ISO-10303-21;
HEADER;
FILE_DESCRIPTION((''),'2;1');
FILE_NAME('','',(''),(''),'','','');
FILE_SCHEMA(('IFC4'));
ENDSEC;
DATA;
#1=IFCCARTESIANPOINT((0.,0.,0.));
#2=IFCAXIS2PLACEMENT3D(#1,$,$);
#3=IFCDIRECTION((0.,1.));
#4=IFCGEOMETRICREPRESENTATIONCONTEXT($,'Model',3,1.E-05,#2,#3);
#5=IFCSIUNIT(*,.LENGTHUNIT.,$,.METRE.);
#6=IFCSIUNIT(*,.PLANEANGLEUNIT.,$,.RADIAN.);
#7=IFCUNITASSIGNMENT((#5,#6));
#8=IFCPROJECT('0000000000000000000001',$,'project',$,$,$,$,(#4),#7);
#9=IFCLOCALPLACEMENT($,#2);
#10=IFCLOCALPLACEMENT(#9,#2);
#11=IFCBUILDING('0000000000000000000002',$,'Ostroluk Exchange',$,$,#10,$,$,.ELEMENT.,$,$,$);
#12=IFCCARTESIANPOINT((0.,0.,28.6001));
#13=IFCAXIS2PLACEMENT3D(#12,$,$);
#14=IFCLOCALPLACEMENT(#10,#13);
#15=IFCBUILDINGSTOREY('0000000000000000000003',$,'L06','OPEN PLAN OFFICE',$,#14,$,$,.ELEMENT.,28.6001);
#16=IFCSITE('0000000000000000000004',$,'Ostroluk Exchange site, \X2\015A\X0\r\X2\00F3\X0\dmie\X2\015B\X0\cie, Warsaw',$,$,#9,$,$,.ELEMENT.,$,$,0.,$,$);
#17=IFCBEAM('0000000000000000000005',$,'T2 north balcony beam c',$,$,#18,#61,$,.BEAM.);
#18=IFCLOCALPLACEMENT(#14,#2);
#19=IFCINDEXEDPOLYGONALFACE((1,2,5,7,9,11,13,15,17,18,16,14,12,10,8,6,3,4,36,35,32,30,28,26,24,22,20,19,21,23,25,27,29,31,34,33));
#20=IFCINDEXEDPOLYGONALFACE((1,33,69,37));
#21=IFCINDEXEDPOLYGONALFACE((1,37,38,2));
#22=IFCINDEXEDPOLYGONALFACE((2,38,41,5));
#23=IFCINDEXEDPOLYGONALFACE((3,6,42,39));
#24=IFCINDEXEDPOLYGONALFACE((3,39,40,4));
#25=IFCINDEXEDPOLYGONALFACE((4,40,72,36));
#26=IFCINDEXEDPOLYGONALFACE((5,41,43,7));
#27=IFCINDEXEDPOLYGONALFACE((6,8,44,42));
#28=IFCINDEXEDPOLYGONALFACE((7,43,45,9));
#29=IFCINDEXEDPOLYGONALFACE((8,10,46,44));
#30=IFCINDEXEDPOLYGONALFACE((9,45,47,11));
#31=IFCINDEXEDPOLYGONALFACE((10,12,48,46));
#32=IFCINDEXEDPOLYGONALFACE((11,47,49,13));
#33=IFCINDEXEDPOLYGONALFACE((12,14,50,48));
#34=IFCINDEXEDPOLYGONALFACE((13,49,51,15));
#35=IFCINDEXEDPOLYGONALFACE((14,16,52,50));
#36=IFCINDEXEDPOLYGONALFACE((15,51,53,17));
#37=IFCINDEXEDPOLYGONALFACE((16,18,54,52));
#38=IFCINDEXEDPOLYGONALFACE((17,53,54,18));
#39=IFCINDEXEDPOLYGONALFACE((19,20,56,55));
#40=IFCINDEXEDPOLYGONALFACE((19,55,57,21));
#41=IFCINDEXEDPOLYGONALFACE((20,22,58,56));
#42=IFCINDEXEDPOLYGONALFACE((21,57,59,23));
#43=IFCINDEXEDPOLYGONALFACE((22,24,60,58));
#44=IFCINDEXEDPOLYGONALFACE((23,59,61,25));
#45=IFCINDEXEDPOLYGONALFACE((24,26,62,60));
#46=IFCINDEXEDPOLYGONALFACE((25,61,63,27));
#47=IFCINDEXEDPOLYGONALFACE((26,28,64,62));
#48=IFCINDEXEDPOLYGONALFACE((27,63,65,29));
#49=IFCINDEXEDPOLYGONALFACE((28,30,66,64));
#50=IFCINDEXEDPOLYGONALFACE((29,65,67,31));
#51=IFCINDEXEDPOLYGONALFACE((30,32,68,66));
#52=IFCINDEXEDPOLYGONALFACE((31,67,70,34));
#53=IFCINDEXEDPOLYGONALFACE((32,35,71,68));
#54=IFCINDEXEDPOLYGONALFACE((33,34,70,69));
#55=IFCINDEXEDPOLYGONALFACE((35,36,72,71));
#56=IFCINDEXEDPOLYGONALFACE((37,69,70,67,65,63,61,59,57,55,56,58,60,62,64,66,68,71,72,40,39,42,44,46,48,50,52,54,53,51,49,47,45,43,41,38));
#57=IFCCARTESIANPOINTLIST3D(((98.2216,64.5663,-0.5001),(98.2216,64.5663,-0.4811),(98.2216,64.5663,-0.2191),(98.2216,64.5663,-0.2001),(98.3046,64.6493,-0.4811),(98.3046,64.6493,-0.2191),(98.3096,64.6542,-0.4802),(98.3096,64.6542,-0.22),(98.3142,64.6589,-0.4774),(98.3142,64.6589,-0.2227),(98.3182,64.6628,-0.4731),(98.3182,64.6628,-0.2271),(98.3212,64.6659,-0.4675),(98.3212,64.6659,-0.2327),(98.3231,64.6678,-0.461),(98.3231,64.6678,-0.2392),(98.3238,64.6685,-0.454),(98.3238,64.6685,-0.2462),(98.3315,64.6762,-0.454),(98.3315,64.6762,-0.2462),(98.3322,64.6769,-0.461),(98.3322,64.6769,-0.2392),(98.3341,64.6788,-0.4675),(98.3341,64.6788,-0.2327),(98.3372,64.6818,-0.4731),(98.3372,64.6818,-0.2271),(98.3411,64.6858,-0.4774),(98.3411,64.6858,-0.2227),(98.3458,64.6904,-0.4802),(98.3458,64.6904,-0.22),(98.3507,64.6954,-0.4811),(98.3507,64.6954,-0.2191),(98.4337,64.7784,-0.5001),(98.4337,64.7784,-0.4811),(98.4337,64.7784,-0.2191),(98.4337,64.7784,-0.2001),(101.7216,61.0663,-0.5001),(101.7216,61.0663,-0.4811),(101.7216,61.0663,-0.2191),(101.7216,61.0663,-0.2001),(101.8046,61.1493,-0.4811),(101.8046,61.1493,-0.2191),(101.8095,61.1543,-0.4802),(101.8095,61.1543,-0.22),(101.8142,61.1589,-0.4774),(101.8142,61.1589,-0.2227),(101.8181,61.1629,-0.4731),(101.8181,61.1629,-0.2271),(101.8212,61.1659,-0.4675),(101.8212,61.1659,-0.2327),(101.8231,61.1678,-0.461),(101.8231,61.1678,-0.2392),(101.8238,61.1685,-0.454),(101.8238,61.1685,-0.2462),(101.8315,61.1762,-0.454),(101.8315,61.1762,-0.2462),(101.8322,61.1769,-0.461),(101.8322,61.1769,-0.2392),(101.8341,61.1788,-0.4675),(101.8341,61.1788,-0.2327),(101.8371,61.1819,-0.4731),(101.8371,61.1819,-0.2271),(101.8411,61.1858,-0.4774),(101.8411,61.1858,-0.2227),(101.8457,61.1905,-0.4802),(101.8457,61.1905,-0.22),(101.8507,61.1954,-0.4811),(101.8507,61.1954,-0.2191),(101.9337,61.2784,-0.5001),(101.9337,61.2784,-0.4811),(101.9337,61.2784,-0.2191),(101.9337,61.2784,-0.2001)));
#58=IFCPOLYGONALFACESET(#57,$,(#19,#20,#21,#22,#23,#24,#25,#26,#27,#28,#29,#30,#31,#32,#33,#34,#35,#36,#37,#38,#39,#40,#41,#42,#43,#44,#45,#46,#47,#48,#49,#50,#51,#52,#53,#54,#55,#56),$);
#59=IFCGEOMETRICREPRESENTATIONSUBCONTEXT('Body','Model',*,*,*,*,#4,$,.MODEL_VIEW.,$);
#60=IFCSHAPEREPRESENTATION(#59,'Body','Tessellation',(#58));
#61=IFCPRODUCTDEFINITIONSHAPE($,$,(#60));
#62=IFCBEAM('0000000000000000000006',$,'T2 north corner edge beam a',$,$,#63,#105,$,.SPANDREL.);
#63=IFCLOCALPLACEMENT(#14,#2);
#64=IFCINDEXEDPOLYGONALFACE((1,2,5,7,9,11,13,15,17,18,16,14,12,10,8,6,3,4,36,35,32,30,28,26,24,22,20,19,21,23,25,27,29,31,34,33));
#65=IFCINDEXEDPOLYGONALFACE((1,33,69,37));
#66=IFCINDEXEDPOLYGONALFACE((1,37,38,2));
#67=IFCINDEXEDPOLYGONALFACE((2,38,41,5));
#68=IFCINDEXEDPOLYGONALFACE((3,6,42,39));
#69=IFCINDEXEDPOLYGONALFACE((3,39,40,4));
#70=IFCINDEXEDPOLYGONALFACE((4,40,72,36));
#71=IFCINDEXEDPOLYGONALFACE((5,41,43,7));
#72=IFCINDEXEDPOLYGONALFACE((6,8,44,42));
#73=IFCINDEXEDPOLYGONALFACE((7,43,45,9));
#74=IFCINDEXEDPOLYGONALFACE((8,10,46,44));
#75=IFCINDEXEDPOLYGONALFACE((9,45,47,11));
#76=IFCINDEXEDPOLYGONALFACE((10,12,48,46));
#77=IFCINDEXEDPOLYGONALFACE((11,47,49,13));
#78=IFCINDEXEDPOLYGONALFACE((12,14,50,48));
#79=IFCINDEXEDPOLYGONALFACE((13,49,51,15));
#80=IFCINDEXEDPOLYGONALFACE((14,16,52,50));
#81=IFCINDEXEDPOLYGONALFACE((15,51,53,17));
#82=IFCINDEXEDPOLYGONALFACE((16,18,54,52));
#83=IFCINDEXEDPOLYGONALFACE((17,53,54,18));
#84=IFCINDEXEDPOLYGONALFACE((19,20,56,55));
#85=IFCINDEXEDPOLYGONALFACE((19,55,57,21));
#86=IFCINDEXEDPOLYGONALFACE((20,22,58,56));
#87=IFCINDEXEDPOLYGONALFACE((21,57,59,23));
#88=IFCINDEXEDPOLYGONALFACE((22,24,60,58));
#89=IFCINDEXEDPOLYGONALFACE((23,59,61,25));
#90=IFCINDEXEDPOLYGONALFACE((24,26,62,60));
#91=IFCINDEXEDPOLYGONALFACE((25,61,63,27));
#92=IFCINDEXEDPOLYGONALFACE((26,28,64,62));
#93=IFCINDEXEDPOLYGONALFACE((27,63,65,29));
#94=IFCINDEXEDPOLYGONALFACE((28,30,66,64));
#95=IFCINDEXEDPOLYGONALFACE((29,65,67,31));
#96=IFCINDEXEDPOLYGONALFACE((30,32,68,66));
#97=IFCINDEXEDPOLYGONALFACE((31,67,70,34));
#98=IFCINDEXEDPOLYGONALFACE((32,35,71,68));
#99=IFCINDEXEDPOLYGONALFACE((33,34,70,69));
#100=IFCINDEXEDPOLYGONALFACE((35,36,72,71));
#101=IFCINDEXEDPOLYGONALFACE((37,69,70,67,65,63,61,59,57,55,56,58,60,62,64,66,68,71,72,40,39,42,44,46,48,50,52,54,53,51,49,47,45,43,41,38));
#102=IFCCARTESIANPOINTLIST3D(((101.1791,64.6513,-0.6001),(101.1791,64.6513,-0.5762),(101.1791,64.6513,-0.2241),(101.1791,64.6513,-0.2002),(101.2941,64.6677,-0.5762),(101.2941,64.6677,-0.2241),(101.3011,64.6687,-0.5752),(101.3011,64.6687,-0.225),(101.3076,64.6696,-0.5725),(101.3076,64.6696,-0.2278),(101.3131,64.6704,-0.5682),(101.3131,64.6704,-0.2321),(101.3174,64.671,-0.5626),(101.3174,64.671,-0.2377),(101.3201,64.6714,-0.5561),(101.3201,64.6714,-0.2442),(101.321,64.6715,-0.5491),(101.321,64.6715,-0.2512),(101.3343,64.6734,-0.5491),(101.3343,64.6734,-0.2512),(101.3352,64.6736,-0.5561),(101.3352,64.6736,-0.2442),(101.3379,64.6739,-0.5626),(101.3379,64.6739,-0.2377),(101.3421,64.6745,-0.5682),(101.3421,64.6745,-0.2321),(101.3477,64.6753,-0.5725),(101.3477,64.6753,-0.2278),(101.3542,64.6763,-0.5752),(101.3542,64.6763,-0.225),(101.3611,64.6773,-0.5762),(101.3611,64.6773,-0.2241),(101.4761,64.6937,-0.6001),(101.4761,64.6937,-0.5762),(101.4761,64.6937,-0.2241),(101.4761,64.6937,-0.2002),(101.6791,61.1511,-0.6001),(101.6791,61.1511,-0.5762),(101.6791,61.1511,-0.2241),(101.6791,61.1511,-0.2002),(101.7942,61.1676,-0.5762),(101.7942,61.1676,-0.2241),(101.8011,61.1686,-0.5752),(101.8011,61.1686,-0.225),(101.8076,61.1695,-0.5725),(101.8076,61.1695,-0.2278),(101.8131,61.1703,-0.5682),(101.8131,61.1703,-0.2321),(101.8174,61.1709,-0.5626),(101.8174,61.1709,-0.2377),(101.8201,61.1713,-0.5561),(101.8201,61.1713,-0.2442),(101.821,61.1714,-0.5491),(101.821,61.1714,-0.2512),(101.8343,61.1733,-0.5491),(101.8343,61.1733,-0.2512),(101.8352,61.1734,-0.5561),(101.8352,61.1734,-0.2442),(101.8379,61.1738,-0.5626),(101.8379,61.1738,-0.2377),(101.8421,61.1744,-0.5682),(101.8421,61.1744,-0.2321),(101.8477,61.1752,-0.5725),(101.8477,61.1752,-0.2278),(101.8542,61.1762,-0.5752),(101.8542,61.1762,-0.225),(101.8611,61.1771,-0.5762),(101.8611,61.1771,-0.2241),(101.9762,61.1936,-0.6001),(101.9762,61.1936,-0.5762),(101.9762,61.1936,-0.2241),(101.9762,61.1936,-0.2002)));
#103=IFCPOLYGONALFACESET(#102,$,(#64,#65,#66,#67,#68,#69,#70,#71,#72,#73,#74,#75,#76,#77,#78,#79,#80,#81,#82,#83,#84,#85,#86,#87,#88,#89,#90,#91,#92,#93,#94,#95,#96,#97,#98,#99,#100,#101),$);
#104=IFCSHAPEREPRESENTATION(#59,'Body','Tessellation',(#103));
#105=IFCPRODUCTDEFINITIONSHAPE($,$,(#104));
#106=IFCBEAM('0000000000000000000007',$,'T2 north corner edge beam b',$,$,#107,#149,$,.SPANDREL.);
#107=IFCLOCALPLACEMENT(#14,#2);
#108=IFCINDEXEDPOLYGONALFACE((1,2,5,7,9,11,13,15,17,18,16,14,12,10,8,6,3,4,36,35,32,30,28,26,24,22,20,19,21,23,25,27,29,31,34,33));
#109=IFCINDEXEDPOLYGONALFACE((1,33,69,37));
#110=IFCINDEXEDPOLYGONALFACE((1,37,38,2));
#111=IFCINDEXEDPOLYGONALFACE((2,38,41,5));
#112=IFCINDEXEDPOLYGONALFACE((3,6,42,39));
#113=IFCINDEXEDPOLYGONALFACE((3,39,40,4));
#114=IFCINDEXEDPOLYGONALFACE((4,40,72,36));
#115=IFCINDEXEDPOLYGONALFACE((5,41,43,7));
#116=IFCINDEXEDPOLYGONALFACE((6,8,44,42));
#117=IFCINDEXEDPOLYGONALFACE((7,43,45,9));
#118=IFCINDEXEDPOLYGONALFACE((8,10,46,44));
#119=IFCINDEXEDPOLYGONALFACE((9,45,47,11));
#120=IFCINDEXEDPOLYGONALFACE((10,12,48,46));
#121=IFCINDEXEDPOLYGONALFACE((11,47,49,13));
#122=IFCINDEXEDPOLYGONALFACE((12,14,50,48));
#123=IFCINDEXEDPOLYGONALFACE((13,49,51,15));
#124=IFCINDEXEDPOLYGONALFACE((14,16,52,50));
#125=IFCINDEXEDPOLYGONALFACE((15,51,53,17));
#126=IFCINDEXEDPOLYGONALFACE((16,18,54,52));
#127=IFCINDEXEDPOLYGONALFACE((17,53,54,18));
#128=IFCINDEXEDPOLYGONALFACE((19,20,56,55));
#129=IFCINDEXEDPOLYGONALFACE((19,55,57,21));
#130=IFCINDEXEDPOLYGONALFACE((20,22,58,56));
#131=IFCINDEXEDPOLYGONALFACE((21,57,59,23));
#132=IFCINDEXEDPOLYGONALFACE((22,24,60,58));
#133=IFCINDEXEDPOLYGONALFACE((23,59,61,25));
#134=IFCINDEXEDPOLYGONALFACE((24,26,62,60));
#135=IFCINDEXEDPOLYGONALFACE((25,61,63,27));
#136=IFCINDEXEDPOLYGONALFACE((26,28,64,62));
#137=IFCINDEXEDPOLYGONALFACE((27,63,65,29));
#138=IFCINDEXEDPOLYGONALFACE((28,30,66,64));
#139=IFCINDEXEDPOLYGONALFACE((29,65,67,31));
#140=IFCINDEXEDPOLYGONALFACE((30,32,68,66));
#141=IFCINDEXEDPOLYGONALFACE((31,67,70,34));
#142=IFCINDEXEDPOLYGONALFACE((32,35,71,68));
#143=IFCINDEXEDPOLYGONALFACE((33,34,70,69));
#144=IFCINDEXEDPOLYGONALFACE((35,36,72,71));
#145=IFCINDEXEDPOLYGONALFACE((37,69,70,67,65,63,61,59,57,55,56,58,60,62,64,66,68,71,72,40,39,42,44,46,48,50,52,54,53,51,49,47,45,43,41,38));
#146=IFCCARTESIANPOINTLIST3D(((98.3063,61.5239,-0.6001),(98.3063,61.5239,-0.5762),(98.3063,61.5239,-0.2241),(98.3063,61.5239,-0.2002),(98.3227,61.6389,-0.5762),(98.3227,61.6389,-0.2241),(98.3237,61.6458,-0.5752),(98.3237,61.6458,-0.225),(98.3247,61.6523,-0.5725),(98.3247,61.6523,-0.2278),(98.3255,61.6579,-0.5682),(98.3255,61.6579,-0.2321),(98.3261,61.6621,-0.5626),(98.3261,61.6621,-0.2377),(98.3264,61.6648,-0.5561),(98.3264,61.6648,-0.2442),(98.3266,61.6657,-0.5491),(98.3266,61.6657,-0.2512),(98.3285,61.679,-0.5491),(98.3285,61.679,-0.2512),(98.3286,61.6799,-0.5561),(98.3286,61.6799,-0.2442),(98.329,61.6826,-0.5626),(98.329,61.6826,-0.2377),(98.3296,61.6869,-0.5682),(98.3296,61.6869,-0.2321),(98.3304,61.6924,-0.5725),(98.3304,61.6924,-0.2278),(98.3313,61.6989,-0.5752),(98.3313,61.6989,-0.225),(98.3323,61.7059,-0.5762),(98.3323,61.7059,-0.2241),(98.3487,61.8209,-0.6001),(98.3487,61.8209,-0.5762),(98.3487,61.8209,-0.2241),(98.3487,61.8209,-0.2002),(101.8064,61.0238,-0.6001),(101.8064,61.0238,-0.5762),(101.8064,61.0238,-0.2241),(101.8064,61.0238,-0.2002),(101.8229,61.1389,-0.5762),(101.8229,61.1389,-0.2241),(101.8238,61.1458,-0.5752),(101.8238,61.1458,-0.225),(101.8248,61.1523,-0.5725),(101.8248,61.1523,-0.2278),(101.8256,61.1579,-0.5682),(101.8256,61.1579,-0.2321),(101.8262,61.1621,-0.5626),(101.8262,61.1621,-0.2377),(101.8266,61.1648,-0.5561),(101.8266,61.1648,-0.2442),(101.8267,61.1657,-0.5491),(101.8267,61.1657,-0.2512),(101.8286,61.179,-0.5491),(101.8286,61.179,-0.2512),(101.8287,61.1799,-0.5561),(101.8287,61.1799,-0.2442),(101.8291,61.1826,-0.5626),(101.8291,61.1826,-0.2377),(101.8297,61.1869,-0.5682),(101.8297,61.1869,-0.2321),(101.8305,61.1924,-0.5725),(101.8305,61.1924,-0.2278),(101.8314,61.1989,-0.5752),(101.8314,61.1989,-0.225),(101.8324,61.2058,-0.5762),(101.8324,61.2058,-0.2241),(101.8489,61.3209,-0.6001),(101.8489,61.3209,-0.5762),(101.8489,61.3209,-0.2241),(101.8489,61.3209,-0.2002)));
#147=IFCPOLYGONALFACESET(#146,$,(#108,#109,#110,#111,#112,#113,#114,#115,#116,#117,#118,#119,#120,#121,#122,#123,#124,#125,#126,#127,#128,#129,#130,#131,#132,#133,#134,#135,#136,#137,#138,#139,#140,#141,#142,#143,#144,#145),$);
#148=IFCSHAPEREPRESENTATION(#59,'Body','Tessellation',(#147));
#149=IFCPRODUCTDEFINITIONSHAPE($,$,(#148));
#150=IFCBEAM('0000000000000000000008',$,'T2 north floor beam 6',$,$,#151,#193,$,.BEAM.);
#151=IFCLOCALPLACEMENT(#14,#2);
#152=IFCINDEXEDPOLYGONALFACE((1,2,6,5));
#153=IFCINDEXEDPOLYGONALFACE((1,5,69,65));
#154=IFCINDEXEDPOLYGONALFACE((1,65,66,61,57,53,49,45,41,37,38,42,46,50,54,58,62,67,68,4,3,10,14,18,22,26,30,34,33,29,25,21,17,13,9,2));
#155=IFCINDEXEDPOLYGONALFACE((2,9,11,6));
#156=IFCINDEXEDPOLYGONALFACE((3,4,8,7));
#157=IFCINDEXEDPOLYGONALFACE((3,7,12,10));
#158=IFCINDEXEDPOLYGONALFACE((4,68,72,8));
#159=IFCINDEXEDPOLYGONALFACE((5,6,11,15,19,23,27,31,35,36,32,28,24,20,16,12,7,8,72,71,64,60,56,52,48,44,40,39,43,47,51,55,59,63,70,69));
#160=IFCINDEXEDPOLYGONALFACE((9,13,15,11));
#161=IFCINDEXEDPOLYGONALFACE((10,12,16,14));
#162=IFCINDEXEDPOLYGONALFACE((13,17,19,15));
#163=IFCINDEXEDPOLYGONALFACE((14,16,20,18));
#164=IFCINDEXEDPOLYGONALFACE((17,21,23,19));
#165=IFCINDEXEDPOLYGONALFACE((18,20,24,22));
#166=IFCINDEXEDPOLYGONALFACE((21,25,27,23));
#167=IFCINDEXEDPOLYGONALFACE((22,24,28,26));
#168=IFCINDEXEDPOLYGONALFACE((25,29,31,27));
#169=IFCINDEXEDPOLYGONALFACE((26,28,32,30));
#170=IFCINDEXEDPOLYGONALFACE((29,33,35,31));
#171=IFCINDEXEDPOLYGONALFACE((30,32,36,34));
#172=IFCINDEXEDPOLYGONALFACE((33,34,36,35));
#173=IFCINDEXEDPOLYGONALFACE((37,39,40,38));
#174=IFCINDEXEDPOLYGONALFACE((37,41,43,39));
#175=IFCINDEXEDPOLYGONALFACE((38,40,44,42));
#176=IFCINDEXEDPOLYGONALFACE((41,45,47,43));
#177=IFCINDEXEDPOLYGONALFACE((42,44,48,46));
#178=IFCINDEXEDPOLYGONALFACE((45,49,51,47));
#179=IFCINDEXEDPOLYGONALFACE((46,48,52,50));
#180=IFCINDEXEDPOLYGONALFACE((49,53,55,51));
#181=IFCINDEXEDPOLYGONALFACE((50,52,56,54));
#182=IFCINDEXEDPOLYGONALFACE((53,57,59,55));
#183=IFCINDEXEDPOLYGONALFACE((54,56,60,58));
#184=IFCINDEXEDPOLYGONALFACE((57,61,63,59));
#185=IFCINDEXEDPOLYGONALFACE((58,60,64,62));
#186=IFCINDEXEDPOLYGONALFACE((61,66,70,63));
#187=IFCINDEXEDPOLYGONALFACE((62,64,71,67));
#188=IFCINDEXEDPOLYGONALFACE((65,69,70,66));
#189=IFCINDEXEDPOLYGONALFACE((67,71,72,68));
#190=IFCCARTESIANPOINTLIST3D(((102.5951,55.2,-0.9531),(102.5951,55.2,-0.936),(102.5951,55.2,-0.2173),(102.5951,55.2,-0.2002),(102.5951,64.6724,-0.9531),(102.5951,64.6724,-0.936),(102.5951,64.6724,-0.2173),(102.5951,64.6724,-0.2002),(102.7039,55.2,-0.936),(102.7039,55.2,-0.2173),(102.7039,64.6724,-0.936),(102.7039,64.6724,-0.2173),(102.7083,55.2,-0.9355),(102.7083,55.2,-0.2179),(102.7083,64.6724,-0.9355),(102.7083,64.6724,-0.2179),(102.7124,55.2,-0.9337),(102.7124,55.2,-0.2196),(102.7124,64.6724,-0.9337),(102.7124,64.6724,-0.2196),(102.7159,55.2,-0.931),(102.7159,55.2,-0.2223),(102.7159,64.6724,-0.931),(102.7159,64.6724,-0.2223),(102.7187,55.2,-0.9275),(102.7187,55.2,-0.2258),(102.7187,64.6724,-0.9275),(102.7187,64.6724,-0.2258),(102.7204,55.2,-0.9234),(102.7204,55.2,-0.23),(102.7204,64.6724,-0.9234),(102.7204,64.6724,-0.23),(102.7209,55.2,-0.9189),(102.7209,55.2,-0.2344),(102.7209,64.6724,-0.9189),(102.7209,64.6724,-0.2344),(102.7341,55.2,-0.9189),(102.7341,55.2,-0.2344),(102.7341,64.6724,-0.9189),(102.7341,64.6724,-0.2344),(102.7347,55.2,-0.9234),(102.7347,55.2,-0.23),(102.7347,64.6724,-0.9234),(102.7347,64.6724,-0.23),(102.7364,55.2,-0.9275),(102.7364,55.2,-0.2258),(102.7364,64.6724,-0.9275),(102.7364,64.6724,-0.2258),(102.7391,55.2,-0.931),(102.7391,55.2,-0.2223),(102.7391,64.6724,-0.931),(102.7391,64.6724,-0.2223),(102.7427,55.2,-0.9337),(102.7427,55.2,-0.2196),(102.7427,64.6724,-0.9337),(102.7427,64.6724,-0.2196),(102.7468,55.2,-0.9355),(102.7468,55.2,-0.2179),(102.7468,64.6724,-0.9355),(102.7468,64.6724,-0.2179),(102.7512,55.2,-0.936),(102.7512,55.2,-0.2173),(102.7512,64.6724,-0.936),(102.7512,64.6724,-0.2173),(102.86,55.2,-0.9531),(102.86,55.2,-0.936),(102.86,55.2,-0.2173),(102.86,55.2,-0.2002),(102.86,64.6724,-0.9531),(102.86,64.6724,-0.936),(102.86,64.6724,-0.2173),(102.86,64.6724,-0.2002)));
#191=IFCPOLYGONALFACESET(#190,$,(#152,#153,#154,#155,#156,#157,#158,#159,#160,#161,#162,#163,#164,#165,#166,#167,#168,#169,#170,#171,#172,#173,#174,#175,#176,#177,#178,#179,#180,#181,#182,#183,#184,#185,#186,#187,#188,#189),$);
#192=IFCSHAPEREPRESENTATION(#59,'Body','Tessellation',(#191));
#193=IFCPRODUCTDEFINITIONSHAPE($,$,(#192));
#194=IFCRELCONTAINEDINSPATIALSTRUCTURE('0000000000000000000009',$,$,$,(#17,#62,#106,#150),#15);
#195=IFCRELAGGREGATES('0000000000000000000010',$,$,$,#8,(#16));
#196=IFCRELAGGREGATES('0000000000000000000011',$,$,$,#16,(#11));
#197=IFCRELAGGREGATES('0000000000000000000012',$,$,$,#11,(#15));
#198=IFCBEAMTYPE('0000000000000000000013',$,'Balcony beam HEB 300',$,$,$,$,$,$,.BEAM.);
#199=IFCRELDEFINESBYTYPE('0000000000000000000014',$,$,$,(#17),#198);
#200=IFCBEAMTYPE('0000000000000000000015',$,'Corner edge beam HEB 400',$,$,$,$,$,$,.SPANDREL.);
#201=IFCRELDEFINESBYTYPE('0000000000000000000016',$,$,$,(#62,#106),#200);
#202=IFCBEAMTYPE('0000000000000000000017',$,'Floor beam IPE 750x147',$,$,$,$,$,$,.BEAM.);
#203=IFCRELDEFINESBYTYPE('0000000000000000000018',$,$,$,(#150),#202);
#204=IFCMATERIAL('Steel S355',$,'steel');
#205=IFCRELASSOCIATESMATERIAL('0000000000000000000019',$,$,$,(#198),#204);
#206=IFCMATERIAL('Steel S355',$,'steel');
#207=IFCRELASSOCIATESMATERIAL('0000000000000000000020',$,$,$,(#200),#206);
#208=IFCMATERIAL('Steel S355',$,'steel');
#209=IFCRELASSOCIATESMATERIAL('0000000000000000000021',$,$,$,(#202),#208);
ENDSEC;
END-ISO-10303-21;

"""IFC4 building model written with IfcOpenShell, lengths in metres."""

from ifc_helpers import new_model, si_unit, direction, frame, origin, origin_2d, place, context, subcontext, project, spatial, i_section, extrude, material, material_profile, profile_set, type_object, element, save


model = new_model("IFC4")

# Units and contexts
model_context = context("Model", 3, precision=1e-05, world=origin(), true_north=direction((0.0, 1.0)))
body_context = subcontext(model_context, "Body", "Model", "MODEL_VIEW")
ifc_project = project(units=[si_unit("LENGTHUNIT", "METRE"), si_unit("PLANEANGLEUNIT", "RADIAN")], contexts=[model_context])

# Site, building, storey
site_placement = place(None, origin())
site = spatial("IfcSite", under=ifc_project, at=site_placement, Name="Ostroluk Exchange site, Śródmieście, Warsaw", CompositionType="ELEMENT", RefElevation=0.0)
building_placement = place(site_placement, origin())
building = spatial("IfcBuilding", under=site, at=building_placement, Name="Ostroluk Exchange", CompositionType="ELEMENT")
storey_placement = place(building_placement, frame((0.0, 0.0, 28.6001)))
storey = spatial("IfcBuildingStorey", under=building, at=storey_placement, Name="L06", Description="OPEN PLAN OFFICE", CompositionType="ELEMENT", Elevation=28.6001)

# Beams
ifc_material_1 = material(Name="Steel S355", Category="steel")
ifc_material_profile_1 = material_profile(ifc_material_1, i_section(OverallWidth=0.3, OverallDepth=0.3, WebThickness=0.011, FlangeThickness=0.019, FilletRadius=0.0271, at=origin_2d()), Name="HEB 300")
ifc_profile_set_1 = profile_set([ifc_material_profile_1], Name="Steel S355")
beam_type_1 = type_object("IfcBeamType", Name="Balcony beam HEB 300", PredefinedType="BEAM", material=ifc_profile_set_1)
beam_1_placement = place(storey_placement, frame((101.8276, 61.1724, -0.3501), z_axis=(-0.707107, 0.707107, 0.0), x_axis=(-0.707107, -0.707107, 0.0)))
element("IfcBeam", 1, at=beam_1_placement, inside=storey, type_object=beam_type_1, Name="T2 north balcony beam c", PredefinedType="BEAM", context=body_context, shape_type="SweptSolid", body=[
    extrude(i_section(OverallWidth=0.3, OverallDepth=0.3, WebThickness=0.011, FlangeThickness=0.019, FilletRadius=0.0271, at=origin_2d()), origin(), (0.0, 0.0, 1.0), 4.9497),
])
ifc_material_2 = material(Name="Steel S355", Category="steel")
ifc_material_profile_2 = material_profile(ifc_material_2, i_section(OverallWidth=0.3, OverallDepth=0.3999, WebThickness=0.0134, FlangeThickness=0.0239, FilletRadius=0.0271, at=origin_2d()), Name="HEB 400")
ifc_profile_set_2 = profile_set([ifc_material_profile_2], Name="Steel S355")
beam_type_2 = type_object("IfcBeamType", Name="Corner edge beam HEB 400", PredefinedType="SPANDREL", material=ifc_profile_set_2)
for number, where, z_axis, x_axis, name in (
    (2, (101.8276, 61.1724, -0.4001), (-0.141421, 0.989949, 0.0), (-0.989949, -0.141421, 0.0), "T2 north corner edge beam a"),
    (3, (101.8276, 61.1724, -0.4001), (-0.989949, 0.141421, 0.0), (-0.141421, -0.989949, 0.0), "T2 north corner edge beam b"),
):
    element("IfcBeam", number, at=place(storey_placement, frame(where, z_axis=z_axis, x_axis=x_axis)), inside=storey, type_object=beam_type_2, Name=name, PredefinedType="SPANDREL", context=body_context, shape_type="SweptSolid", body=[
        extrude(i_section(OverallWidth=0.3, OverallDepth=0.3999, WebThickness=0.0134, FlangeThickness=0.0239, FilletRadius=0.0271, at=origin_2d()), origin(), (0.0, 0.0, 1.0), 3.5356),
    ])
ifc_material_3 = material(Name="Steel S355", Category="steel")
ifc_material_profile_3 = material_profile(ifc_material_3, i_section(OverallWidth=0.2649, OverallDepth=0.7529, WebThickness=0.0132, FlangeThickness=0.0171, FilletRadius=0.0171, at=origin_2d()), Name="IPE 750x147")
ifc_profile_set_3 = profile_set([ifc_material_profile_3], Name="Steel S355")
beam_type_3 = type_object("IfcBeamType", Name="Floor beam IPE 750x147", PredefinedType="BEAM", material=ifc_profile_set_3)
beam_2_placement = place(storey_placement, frame((102.7275, 55.2, -0.5767), z_axis=(0.0, 1.0, 0.0), x_axis=(-1.0, 0.0, 0.0)))
element("IfcBeam", 4, at=beam_2_placement, inside=storey, type_object=beam_type_3, Name="T2 north floor beam 6", PredefinedType="BEAM", context=body_context, shape_type="SweptSolid", body=[
    extrude(i_section(OverallWidth=0.2649, OverallDepth=0.7529, WebThickness=0.0132, FlangeThickness=0.0171, FilletRadius=0.0171, at=origin_2d()), origin(), (0.0, 0.0, 1.0), 9.4724),
])

save(model, "model.ifc")
